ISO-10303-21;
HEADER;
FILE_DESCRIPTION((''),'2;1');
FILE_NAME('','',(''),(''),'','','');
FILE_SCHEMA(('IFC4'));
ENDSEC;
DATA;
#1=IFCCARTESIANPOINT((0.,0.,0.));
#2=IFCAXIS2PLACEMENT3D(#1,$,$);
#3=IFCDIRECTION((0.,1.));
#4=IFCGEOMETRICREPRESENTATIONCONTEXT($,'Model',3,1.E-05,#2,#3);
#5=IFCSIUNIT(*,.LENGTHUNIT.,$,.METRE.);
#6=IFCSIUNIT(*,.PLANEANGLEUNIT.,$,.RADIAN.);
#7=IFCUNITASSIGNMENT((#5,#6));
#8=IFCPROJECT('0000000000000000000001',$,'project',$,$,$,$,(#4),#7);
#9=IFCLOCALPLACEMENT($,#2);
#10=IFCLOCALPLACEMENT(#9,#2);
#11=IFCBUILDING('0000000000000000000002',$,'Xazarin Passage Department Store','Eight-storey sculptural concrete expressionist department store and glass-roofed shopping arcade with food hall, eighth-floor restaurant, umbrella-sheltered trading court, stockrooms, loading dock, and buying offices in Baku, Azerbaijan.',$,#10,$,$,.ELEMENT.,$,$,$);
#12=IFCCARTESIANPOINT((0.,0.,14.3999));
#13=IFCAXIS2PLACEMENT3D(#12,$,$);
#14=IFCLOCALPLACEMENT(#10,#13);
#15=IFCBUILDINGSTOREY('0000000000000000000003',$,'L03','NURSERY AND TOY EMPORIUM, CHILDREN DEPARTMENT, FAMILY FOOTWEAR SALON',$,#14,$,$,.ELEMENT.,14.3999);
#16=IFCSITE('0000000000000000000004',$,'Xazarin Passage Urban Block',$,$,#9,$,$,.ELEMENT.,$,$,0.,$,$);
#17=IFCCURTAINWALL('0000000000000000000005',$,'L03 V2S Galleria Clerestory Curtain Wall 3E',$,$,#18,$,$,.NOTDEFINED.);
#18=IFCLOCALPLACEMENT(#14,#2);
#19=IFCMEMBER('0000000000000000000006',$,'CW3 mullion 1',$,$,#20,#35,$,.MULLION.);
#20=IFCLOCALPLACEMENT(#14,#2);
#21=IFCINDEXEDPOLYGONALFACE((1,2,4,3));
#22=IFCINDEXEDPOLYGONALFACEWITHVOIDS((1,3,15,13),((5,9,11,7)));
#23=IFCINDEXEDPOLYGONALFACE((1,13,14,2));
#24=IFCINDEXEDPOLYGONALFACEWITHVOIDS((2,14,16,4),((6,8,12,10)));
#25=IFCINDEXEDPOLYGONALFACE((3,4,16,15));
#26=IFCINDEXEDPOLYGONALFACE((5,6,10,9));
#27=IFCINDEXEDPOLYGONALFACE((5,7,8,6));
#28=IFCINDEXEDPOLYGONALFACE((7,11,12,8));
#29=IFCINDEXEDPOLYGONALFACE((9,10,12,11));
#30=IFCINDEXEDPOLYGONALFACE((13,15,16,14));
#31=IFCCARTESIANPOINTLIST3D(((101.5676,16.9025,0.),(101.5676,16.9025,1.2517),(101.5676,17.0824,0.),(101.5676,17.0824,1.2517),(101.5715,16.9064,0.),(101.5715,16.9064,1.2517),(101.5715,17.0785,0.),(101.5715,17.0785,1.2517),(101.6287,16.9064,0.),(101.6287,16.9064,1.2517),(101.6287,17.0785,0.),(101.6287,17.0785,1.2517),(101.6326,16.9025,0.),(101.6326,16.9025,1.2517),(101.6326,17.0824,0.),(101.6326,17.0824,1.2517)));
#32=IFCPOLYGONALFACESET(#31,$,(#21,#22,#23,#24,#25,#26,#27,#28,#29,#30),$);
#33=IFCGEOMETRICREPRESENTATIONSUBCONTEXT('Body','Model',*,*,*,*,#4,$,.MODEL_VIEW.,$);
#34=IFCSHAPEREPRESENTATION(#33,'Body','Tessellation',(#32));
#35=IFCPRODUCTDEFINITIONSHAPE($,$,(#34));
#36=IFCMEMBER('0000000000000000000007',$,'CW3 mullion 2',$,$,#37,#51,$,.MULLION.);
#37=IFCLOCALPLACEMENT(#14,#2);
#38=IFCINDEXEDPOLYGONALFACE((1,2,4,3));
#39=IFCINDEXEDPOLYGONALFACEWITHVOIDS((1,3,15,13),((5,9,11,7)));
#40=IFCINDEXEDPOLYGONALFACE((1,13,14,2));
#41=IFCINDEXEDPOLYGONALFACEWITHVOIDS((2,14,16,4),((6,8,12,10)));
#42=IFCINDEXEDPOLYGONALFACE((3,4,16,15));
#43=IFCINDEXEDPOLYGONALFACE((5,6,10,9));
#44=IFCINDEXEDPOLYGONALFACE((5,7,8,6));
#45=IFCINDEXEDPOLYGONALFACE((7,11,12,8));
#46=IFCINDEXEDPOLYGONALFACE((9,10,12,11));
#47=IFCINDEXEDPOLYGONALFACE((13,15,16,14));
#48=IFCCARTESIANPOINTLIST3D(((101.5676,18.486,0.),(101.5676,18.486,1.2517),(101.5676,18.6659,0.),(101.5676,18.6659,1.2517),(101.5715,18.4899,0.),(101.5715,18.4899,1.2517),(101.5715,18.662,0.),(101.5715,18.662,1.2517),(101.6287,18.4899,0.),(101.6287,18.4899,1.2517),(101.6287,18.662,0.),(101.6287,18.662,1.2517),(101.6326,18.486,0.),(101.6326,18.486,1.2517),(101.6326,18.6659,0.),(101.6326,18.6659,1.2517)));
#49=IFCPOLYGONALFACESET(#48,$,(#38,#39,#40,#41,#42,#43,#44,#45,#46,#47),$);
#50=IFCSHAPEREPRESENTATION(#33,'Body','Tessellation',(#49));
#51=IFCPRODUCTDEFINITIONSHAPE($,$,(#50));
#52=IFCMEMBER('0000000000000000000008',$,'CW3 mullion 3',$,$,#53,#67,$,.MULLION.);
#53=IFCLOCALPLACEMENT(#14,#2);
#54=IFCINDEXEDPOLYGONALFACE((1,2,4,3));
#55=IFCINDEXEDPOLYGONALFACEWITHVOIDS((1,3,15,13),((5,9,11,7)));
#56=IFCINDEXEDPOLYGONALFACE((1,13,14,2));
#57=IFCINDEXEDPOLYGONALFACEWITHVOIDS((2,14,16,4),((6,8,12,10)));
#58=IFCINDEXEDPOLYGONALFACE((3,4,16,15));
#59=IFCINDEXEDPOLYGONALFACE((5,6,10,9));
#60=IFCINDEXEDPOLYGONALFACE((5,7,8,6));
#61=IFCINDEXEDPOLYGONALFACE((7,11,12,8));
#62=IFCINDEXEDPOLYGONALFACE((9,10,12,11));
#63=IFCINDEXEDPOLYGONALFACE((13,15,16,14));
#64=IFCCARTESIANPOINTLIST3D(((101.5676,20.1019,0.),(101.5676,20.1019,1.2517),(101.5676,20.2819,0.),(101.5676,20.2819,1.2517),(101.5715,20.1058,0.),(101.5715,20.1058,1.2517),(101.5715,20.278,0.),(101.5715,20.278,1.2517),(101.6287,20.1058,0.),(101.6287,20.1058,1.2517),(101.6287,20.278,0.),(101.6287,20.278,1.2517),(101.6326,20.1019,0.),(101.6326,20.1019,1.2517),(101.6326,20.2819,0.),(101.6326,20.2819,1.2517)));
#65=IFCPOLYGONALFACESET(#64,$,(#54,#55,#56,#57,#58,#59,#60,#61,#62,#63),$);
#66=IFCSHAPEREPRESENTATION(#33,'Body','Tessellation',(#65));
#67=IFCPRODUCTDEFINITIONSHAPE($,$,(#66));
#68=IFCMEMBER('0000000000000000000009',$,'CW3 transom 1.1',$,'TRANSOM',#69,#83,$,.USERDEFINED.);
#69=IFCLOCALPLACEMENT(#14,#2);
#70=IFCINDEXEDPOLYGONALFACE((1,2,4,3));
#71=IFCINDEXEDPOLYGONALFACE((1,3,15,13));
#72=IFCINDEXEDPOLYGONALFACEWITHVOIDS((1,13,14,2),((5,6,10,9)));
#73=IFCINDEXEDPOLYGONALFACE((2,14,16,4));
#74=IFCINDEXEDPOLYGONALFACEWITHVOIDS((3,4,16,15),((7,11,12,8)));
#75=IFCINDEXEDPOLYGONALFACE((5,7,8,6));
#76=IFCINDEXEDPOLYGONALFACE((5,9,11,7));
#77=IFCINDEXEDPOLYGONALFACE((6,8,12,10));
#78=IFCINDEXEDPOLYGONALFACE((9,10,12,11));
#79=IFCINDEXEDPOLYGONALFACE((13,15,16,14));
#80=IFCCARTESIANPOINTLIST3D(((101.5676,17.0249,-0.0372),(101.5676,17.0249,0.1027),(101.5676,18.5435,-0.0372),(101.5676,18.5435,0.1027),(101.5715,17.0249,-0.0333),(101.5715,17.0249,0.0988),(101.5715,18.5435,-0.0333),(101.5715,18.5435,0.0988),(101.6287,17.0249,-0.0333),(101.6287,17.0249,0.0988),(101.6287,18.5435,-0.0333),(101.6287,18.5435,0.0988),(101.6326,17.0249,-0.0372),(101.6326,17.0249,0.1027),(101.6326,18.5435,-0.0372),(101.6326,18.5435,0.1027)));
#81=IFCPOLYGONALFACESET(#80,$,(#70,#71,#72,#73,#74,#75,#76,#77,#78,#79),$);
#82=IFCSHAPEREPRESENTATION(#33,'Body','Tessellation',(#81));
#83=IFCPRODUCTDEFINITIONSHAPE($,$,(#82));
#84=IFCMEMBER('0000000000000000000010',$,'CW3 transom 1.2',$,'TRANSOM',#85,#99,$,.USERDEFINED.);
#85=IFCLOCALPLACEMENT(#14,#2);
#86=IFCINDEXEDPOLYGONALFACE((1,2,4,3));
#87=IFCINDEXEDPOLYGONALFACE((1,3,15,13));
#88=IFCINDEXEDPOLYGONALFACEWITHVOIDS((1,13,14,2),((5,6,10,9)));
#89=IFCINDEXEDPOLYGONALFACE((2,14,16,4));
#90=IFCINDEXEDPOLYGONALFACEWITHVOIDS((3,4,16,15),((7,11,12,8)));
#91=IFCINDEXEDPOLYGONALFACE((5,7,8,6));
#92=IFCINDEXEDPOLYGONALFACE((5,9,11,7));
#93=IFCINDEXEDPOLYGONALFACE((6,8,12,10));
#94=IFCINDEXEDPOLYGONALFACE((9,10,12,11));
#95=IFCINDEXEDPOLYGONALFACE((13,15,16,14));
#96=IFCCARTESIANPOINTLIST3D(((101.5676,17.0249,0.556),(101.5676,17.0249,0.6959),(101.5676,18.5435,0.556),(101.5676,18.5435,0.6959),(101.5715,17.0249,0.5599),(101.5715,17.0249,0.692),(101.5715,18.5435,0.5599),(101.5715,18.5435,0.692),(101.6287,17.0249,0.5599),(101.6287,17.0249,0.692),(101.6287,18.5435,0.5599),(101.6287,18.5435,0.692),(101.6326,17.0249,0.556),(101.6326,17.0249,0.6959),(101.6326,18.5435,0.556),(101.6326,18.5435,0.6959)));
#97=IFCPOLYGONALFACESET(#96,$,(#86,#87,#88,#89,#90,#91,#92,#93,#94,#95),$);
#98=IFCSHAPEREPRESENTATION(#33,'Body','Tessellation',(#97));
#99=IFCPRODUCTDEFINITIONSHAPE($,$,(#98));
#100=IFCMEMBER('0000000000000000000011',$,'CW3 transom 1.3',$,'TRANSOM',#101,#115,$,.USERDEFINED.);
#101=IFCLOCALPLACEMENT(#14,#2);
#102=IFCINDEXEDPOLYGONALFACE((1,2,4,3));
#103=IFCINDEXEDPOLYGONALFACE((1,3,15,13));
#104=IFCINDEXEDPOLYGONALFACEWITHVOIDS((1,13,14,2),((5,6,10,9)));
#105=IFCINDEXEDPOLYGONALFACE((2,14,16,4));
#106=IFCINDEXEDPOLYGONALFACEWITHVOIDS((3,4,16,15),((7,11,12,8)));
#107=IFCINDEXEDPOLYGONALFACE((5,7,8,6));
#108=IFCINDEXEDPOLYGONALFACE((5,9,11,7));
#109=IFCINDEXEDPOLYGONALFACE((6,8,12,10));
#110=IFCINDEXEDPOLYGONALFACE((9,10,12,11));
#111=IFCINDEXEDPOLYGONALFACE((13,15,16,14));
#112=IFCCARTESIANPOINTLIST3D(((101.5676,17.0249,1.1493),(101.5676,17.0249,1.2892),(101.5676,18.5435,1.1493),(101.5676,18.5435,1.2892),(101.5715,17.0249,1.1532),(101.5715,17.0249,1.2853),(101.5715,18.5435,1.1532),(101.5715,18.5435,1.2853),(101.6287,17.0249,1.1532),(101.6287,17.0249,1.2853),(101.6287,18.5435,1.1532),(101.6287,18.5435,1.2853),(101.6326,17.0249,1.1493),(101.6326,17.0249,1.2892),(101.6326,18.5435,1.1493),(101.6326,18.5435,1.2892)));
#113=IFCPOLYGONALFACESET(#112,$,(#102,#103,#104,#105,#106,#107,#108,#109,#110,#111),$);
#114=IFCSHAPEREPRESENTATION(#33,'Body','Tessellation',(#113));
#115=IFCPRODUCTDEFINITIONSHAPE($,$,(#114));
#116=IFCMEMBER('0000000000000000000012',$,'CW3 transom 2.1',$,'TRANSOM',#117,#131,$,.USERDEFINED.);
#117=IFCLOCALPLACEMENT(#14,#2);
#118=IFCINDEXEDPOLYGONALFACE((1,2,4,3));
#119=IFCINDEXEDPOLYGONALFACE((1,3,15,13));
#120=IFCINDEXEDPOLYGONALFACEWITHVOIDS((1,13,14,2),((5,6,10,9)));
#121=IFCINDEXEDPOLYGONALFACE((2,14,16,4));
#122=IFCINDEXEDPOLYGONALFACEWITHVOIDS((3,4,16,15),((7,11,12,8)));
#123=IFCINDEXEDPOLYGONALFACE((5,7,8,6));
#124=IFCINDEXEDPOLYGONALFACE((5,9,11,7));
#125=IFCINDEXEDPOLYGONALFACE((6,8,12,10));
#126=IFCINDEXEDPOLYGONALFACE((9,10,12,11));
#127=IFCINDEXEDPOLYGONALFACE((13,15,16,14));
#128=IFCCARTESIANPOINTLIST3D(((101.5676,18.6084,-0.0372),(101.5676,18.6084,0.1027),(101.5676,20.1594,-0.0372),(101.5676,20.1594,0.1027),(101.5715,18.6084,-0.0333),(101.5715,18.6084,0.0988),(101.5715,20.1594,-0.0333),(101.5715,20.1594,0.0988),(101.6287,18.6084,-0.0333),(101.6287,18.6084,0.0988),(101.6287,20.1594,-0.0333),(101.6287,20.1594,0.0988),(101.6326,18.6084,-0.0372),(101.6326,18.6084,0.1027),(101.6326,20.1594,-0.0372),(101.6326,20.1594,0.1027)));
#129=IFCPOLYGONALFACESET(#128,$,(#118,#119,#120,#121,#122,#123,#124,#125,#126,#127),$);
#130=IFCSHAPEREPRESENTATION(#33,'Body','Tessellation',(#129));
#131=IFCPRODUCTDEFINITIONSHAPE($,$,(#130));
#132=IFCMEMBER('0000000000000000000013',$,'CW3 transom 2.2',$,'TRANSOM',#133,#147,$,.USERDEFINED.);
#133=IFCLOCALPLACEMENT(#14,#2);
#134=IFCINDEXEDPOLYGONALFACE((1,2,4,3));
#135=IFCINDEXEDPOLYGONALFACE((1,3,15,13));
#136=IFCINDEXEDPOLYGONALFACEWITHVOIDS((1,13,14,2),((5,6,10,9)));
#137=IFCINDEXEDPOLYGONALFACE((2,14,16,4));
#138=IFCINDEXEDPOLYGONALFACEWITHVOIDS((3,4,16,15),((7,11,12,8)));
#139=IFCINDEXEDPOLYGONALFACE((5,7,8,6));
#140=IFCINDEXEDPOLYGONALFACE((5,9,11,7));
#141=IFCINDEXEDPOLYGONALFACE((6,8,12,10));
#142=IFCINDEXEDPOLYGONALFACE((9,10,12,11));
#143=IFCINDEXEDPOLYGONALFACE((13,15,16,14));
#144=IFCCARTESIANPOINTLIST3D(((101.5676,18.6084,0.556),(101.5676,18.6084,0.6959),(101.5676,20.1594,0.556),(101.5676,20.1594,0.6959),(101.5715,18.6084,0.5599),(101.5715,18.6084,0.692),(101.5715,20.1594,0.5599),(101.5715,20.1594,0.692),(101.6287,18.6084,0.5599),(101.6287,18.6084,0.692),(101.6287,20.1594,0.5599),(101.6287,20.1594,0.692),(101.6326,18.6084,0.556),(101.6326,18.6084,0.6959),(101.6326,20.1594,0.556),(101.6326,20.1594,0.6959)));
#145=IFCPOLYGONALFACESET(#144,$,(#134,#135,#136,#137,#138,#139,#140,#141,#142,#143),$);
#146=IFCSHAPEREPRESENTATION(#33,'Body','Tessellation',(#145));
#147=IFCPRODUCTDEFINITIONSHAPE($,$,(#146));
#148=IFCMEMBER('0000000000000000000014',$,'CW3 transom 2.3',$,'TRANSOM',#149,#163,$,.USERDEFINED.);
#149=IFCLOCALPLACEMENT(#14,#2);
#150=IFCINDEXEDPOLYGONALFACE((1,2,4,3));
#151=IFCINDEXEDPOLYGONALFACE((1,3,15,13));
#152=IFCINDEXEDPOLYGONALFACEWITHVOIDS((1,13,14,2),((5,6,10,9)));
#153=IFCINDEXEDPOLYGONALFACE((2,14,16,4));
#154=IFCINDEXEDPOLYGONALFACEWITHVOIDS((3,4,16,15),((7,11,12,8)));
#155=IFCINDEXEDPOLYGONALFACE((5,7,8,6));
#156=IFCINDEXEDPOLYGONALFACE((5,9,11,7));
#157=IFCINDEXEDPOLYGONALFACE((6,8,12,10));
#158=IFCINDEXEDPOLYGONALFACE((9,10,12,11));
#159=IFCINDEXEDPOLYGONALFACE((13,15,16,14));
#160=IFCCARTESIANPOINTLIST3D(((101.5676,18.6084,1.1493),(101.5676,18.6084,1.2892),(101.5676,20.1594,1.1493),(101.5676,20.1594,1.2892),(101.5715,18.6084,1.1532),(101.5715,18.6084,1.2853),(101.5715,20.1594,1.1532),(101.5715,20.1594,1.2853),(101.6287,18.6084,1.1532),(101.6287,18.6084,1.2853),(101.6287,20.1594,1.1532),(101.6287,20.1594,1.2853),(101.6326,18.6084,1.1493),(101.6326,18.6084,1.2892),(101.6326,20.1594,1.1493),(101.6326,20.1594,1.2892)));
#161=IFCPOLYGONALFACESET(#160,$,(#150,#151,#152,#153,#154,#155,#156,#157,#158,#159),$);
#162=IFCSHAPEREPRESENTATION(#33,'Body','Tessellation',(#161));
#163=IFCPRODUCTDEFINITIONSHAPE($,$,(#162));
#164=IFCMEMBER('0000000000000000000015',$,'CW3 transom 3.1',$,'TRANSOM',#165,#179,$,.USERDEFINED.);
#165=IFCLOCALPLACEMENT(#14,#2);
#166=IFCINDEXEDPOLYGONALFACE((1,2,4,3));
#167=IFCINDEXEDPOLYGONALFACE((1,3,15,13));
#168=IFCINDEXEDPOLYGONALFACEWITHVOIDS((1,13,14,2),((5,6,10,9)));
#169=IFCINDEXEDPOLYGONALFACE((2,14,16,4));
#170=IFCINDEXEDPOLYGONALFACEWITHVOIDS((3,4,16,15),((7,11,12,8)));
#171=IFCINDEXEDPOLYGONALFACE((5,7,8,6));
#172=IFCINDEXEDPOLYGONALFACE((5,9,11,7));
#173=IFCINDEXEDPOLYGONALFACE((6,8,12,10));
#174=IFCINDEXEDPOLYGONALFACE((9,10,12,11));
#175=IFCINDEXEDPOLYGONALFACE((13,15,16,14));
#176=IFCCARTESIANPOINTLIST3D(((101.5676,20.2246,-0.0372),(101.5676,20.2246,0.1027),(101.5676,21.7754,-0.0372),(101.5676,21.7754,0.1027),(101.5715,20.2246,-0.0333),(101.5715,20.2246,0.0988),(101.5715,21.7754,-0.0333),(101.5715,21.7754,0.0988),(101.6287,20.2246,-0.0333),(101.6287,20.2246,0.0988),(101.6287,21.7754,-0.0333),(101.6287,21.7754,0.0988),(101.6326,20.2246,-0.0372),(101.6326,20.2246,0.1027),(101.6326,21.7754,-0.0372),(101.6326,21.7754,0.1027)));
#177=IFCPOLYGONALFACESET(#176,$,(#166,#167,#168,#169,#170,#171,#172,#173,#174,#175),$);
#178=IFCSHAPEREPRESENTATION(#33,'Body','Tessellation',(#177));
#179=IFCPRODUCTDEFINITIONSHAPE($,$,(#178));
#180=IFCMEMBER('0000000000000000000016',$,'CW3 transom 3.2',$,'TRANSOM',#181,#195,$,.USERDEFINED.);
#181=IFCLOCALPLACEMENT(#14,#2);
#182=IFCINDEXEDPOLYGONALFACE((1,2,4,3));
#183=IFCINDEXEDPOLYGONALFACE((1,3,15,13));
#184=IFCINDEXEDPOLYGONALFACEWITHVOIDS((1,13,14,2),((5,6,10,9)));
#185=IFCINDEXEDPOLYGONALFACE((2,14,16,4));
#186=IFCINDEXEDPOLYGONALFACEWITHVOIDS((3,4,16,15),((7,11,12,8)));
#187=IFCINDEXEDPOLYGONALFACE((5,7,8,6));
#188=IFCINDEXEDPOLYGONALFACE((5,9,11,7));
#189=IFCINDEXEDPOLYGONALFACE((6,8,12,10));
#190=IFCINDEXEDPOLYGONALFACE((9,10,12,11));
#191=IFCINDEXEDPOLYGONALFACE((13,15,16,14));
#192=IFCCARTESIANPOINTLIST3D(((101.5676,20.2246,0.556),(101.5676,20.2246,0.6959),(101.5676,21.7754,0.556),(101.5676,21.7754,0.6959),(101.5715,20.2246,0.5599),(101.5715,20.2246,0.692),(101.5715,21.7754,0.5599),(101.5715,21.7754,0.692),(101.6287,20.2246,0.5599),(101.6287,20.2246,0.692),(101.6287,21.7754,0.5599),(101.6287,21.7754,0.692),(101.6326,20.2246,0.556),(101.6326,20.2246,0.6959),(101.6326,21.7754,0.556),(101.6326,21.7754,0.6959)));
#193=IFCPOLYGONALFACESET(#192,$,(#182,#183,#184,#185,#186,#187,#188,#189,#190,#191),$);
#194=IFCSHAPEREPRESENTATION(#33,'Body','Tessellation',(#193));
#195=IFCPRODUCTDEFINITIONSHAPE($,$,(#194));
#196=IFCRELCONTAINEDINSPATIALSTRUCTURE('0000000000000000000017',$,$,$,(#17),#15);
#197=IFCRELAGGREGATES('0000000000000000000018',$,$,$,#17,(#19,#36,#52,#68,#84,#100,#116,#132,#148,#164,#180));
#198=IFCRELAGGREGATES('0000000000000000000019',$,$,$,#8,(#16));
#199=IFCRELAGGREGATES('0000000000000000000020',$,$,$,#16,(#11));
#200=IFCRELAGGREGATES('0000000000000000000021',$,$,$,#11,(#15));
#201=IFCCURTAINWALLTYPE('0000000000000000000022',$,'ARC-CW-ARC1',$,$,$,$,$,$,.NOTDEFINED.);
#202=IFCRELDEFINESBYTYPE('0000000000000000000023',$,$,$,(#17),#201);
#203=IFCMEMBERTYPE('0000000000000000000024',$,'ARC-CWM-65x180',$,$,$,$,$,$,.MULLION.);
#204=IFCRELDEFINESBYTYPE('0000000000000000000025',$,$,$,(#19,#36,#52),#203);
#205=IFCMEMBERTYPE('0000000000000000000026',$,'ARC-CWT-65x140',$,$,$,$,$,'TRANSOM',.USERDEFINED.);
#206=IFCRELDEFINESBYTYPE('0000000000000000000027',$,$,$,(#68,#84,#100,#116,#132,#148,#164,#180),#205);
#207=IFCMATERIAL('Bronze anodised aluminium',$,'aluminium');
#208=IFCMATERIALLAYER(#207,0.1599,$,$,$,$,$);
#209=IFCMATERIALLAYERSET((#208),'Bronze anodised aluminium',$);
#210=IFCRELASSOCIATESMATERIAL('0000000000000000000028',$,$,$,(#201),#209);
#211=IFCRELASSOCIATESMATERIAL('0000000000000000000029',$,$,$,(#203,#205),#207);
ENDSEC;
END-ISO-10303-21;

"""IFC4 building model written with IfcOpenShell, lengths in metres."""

from ifc_helpers import new_model, si_unit, direction, frame, origin, origin_2d, place, context, subcontext, project, spatial, hollow_rectangle, extrude, material, layer, layer_set, material_profile, profile_set, type_object, element, aggregate, save


model = new_model("IFC4")

# Units and contexts
model_context = context("Model", 3, precision=1e-05, world=origin(), true_north=direction((0.0, 1.0)))
body_context = subcontext(model_context, "Body", "Model", "MODEL_VIEW")
ifc_project = project(units=[si_unit("LENGTHUNIT", "METRE"), si_unit("PLANEANGLEUNIT", "RADIAN")], contexts=[model_context])

# Site, building, storey
site_placement = place(None, origin())
site = spatial("IfcSite", under=ifc_project, at=site_placement, Name="Xazarin Passage Urban Block", CompositionType="ELEMENT", RefElevation=0.0)
building_placement = place(site_placement, origin())
building = spatial("IfcBuilding", under=site, at=building_placement, Name="Xazarin Passage Department Store", Description="Eight-storey sculptural concrete expressionist department store and glass-roofed shopping arcade with food hall, eighth-floor restaurant, umbrella-sheltered trading court, stockrooms, loading dock, and buying offices in Baku, Azerbaijan.", CompositionType="ELEMENT")
storey_placement = place(building_placement, frame((0.0, 0.0, 14.3999)))
storey = spatial("IfcBuildingStorey", under=building, at=storey_placement, Name="L03", Description="NURSERY AND TOY EMPORIUM, CHILDREN DEPARTMENT, FAMILY FOOTWEAR SALON", CompositionType="ELEMENT", Elevation=14.3999)

# Curtain wall, members
ifc_material_1 = material(Name="Bronze anodised aluminium", Category="aluminium")
ifc_layer_1 = layer(ifc_material_1, 0.1599)
ifc_layer_set_1 = layer_set([ifc_layer_1], Name="Bronze anodised aluminium")
curtain_wall_type = type_object("IfcCurtainWallType", Name="ARC-CW-ARC1", PredefinedType="NOTDEFINED", material=ifc_layer_set_1)
curtain_wall_placement = place(storey_placement, origin())
curtain_wall = element("IfcCurtainWall", 1, at=curtain_wall_placement, inside=storey, type_object=curtain_wall_type, Name="L03 V2S Galleria Clerestory Curtain Wall 3E", PredefinedType="NOTDEFINED")
ifc_material_profile_1 = material_profile(ifc_material_1, hollow_rectangle(XDim=0.0649, YDim=0.1799, WallThickness=0.0039, at=origin_2d()), Name="ALU 65x180")
ifc_profile_set_1 = profile_set([ifc_material_profile_1], Name="Bronze anodised aluminium")
member_type_1 = type_object("IfcMemberType", Name="ARC-CWM-65x180", PredefinedType="MULLION", material=ifc_profile_set_1)
member_1_placement = place(storey_placement, frame((101.6001, 16.9924, 0.0), z_axis=(0.0, 0.0, 1.0), x_axis=(-1.0, 0.0, 0.0)))
member_1 = element("IfcMember", 2, at=member_1_placement, type_object=member_type_1, Name="CW3 mullion 1", PredefinedType="MULLION", context=body_context, shape_type="SweptSolid", body=[
    extrude(hollow_rectangle(XDim=0.0649, YDim=0.1799, WallThickness=0.0039, at=origin_2d()), origin(), (0.0, 0.0, 1.0), 1.2517),
])
member_2_placement = place(storey_placement, frame((101.6001, 18.5759, 0.0), z_axis=(0.0, 0.0, 1.0), x_axis=(-1.0, 0.0, 0.0)))
member_2 = element("IfcMember", 3, at=member_2_placement, type_object=member_type_1, Name="CW3 mullion 2", PredefinedType="MULLION", context=body_context, shape_type="SweptSolid", body=[
    extrude(hollow_rectangle(XDim=0.0649, YDim=0.1799, WallThickness=0.0039, at=origin_2d()), origin(), (0.0, 0.0, 1.0), 1.2517),
])
member_3_placement = place(storey_placement, frame((101.6001, 20.1919, 0.0), z_axis=(0.0, 0.0, 1.0), x_axis=(-1.0, 0.0, 0.0)))
member_3 = element("IfcMember", 4, at=member_3_placement, type_object=member_type_1, Name="CW3 mullion 3", PredefinedType="MULLION", context=body_context, shape_type="SweptSolid", body=[
    extrude(hollow_rectangle(XDim=0.0649, YDim=0.1799, WallThickness=0.0039, at=origin_2d()), origin(), (0.0, 0.0, 1.0), 1.2517),
])
ifc_material_profile_2 = material_profile(ifc_material_1, hollow_rectangle(XDim=0.0649, YDim=0.1399, WallThickness=0.0039, at=origin_2d()), Name="ALU 65x140")
ifc_profile_set_2 = profile_set([ifc_material_profile_2], Name="Bronze anodised aluminium")
member_type_2 = type_object("IfcMemberType", Name="ARC-CWT-65x140", ElementType="TRANSOM", PredefinedType="USERDEFINED", material=ifc_profile_set_2)
member_4_placement = place(storey_placement, frame((101.6001, 17.0249, 0.0327), z_axis=(0.0, 1.0, 0.0), x_axis=(-1.0, 0.0, 0.0)))
member_4 = element("IfcMember", 5, at=member_4_placement, type_object=member_type_2, Name="CW3 transom 1.1", ObjectType="TRANSOM", PredefinedType="USERDEFINED", context=body_context, shape_type="SweptSolid", body=[
    extrude(hollow_rectangle(XDim=0.0649, YDim=0.1399, WallThickness=0.0039, at=origin_2d()), origin(), (0.0, 0.0, 1.0), 1.5186),
])
member_5_placement = place(storey_placement, frame((101.6001, 17.0249, 0.626), z_axis=(0.0, 1.0, 0.0), x_axis=(-1.0, 0.0, 0.0)))
member_5 = element("IfcMember", 6, at=member_5_placement, type_object=member_type_2, Name="CW3 transom 1.2", ObjectType="TRANSOM", PredefinedType="USERDEFINED", context=body_context, shape_type="SweptSolid", body=[
    extrude(hollow_rectangle(XDim=0.0649, YDim=0.1399, WallThickness=0.0039, at=origin_2d()), origin(), (0.0, 0.0, 1.0), 1.5186),
])
member_6_placement = place(storey_placement, frame((101.6001, 17.0249, 1.2192), z_axis=(0.0, 1.0, 0.0), x_axis=(-1.0, 0.0, 0.0)))
member_6 = element("IfcMember", 7, at=member_6_placement, type_object=member_type_2, Name="CW3 transom 1.3", ObjectType="TRANSOM", PredefinedType="USERDEFINED", context=body_context, shape_type="SweptSolid", body=[
    extrude(hollow_rectangle(XDim=0.0649, YDim=0.1399, WallThickness=0.0039, at=origin_2d()), origin(), (0.0, 0.0, 1.0), 1.5186),
])
member_7_placement = place(storey_placement, frame((101.6001, 18.6084, 0.0327), z_axis=(0.0, 1.0, 0.0), x_axis=(-1.0, 0.0, 0.0)))
member_7 = element("IfcMember", 8, at=member_7_placement, type_object=member_type_2, Name="CW3 transom 2.1", ObjectType="TRANSOM", PredefinedType="USERDEFINED", context=body_context, shape_type="SweptSolid", body=[
    extrude(hollow_rectangle(XDim=0.0649, YDim=0.1399, WallThickness=0.0039, at=origin_2d()), origin(), (0.0, 0.0, 1.0), 1.551),
])
member_8_placement = place(storey_placement, frame((101.6001, 18.6084, 0.626), z_axis=(0.0, 1.0, 0.0), x_axis=(-1.0, 0.0, 0.0)))
member_8 = element("IfcMember", 9, at=member_8_placement, type_object=member_type_2, Name="CW3 transom 2.2", ObjectType="TRANSOM", PredefinedType="USERDEFINED", context=body_context, shape_type="SweptSolid", body=[
    extrude(hollow_rectangle(XDim=0.0649, YDim=0.1399, WallThickness=0.0039, at=origin_2d()), origin(), (0.0, 0.0, 1.0), 1.551),
])
member_9_placement = place(storey_placement, frame((101.6001, 18.6084, 1.2192), z_axis=(0.0, 1.0, 0.0), x_axis=(-1.0, 0.0, 0.0)))
member_9 = element("IfcMember", 10, at=member_9_placement, type_object=member_type_2, Name="CW3 transom 2.3", ObjectType="TRANSOM", PredefinedType="USERDEFINED", context=body_context, shape_type="SweptSolid", body=[
    extrude(hollow_rectangle(XDim=0.0649, YDim=0.1399, WallThickness=0.0039, at=origin_2d()), origin(), (0.0, 0.0, 1.0), 1.551),
])
member_10_placement = place(storey_placement, frame((101.6001, 20.2246, 0.0327), z_axis=(0.0, 1.0, 0.0), x_axis=(-1.0, 0.0, 0.0)))
member_10 = element("IfcMember", 11, at=member_10_placement, type_object=member_type_2, Name="CW3 transom 3.1", ObjectType="TRANSOM", PredefinedType="USERDEFINED", context=body_context, shape_type="SweptSolid", body=[
    extrude(hollow_rectangle(XDim=0.0649, YDim=0.1399, WallThickness=0.0039, at=origin_2d()), origin(), (0.0, 0.0, 1.0), 1.5508),
])
member_11_placement = place(storey_placement, frame((101.6001, 20.2246, 0.626), z_axis=(0.0, 1.0, 0.0), x_axis=(-1.0, 0.0, 0.0)))
member_11 = element("IfcMember", 12, at=member_11_placement, type_object=member_type_2, Name="CW3 transom 3.2", ObjectType="TRANSOM", PredefinedType="USERDEFINED", context=body_context, shape_type="SweptSolid", body=[
    extrude(hollow_rectangle(XDim=0.0649, YDim=0.1399, WallThickness=0.0039, at=origin_2d()), origin(), (0.0, 0.0, 1.0), 1.5508),
])

aggregate(curtain_wall, [member_1, member_2, member_3, member_4, member_5, member_6, member_7, member_8, member_9, member_10, member_11])

save(model, "model.ifc")
